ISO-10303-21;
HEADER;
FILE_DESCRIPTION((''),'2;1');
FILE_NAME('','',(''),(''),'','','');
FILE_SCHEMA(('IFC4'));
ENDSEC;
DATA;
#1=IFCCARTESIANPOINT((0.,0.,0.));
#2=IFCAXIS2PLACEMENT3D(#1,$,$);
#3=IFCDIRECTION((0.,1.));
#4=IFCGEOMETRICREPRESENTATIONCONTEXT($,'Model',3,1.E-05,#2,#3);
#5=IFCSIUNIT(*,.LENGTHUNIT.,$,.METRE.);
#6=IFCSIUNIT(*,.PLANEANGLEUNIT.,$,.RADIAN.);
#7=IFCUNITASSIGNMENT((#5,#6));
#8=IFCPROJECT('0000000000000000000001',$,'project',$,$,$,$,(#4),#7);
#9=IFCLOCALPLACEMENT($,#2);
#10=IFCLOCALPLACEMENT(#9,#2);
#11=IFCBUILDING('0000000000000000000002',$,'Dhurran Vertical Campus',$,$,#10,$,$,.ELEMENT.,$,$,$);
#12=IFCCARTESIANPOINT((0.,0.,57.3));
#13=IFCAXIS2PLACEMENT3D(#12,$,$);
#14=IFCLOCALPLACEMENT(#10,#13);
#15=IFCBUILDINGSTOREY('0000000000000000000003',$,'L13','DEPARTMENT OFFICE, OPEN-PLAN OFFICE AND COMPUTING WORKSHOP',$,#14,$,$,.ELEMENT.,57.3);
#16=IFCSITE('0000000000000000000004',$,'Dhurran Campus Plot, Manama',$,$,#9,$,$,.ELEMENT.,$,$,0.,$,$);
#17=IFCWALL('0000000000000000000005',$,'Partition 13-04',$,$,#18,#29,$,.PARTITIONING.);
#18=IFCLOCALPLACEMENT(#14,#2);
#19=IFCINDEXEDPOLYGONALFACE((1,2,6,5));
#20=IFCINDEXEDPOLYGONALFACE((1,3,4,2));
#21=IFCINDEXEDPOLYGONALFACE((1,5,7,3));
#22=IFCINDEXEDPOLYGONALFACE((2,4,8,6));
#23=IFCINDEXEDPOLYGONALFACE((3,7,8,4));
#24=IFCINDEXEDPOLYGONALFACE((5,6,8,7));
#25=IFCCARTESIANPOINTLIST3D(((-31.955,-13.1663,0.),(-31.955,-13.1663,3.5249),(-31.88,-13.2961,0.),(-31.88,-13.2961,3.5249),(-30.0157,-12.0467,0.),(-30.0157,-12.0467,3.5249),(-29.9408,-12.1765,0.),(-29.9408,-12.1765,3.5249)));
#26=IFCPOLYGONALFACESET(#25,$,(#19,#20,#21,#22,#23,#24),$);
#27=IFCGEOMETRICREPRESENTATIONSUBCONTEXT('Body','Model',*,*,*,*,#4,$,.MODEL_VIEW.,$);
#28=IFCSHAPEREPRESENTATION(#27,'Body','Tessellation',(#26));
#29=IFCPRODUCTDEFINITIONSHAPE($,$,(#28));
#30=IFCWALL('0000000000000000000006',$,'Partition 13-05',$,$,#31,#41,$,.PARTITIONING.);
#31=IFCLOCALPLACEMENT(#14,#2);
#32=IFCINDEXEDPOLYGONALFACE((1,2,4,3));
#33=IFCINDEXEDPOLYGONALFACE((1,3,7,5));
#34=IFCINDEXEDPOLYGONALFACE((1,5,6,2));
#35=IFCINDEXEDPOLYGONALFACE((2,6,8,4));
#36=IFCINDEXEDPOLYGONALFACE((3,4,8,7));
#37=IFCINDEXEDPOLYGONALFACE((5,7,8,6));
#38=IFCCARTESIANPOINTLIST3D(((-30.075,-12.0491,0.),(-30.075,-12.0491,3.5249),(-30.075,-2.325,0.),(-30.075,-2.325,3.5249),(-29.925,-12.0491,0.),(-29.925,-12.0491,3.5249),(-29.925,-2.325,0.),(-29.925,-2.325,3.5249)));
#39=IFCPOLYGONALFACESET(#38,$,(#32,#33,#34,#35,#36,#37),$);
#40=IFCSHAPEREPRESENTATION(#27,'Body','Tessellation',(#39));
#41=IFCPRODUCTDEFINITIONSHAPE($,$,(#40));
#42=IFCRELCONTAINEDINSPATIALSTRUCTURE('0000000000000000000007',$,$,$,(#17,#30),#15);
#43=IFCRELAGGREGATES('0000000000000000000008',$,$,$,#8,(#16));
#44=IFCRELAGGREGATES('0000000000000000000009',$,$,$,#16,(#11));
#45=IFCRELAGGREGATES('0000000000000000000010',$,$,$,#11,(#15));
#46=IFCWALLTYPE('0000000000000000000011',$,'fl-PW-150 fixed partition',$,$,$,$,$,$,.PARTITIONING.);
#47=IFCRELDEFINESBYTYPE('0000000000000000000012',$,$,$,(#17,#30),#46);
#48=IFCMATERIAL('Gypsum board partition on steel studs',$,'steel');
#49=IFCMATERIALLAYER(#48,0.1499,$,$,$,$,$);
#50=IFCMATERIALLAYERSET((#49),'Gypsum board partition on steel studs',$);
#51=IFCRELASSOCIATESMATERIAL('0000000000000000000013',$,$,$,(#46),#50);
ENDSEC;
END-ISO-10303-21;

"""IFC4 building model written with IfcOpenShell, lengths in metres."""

from ifc_helpers import new_model, si_unit, direction, frame, frame_2d, origin, place, context, subcontext, project, spatial, rectangle, extrude, material, layer, layer_set, type_object, element, save


model = new_model("IFC4")

# Units and contexts
model_context = context("Model", 3, precision=1e-05, world=origin(), true_north=direction((0.0, 1.0)))
body_context = subcontext(model_context, "Body", "Model", "MODEL_VIEW")
ifc_project = project(units=[si_unit("LENGTHUNIT", "METRE"), si_unit("PLANEANGLEUNIT", "RADIAN")], contexts=[model_context])

# Site, building, storey
site_placement = place(None, origin())
site = spatial("IfcSite", under=ifc_project, at=site_placement, Name="Dhurran Campus Plot, Manama", CompositionType="ELEMENT", RefElevation=0.0)
building_placement = place(site_placement, origin())
building = spatial("IfcBuilding", under=site, at=building_placement, Name="Dhurran Vertical Campus", CompositionType="ELEMENT")
storey_placement = place(building_placement, frame((0.0, 0.0, 57.3)))
storey = spatial("IfcBuildingStorey", under=building, at=storey_placement, Name="L13", Description="DEPARTMENT OFFICE, OPEN-PLAN OFFICE AND COMPUTING WORKSHOP", CompositionType="ELEMENT", Elevation=57.3)

# Walls
ifc_material_1 = material(Name="Gypsum board partition on steel studs", Category="steel")
ifc_layer_1 = layer(ifc_material_1, 0.1499)
ifc_layer_set_1 = layer_set([ifc_layer_1], Name="Gypsum board partition on steel studs")
wall_type_1 = type_object("IfcWallType", Name="fl-PW-150 fixed partition", PredefinedType="PARTITIONING", material=ifc_layer_set_1)
wall_1_placement = place(storey_placement, frame((-29.9783, -12.1116, 0.0), z_axis=(0.0, 0.0, 1.0), x_axis=(-0.86602, -0.500009, 0.0)))
element("IfcWall", 1, at=wall_1_placement, inside=storey, type_object=wall_type_1, Name="Partition 13-04", PredefinedType="PARTITIONING", context=body_context, shape_type="SweptSolid", body=[
    extrude(rectangle(XDim=2.2393, YDim=0.1499, at=frame_2d((1.1196, 0.0))), origin(), (0.0, 0.0, 1.0), 3.5249),
])
wall_2_placement = place(storey_placement, frame((-30.0, -2.325, 0.0), z_axis=(0.0, 0.0, 1.0), x_axis=(0.0, -1.0, 0.0)))
element("IfcWall", 2, at=wall_2_placement, inside=storey, type_object=wall_type_1, Name="Partition 13-05", PredefinedType="PARTITIONING", context=body_context, shape_type="SweptSolid", body=[
    extrude(rectangle(XDim=9.7241, YDim=0.1499, at=frame_2d((4.8621, 0.0))), origin(), (0.0, 0.0, 1.0), 3.5249),
])

save(model, "model.ifc")
